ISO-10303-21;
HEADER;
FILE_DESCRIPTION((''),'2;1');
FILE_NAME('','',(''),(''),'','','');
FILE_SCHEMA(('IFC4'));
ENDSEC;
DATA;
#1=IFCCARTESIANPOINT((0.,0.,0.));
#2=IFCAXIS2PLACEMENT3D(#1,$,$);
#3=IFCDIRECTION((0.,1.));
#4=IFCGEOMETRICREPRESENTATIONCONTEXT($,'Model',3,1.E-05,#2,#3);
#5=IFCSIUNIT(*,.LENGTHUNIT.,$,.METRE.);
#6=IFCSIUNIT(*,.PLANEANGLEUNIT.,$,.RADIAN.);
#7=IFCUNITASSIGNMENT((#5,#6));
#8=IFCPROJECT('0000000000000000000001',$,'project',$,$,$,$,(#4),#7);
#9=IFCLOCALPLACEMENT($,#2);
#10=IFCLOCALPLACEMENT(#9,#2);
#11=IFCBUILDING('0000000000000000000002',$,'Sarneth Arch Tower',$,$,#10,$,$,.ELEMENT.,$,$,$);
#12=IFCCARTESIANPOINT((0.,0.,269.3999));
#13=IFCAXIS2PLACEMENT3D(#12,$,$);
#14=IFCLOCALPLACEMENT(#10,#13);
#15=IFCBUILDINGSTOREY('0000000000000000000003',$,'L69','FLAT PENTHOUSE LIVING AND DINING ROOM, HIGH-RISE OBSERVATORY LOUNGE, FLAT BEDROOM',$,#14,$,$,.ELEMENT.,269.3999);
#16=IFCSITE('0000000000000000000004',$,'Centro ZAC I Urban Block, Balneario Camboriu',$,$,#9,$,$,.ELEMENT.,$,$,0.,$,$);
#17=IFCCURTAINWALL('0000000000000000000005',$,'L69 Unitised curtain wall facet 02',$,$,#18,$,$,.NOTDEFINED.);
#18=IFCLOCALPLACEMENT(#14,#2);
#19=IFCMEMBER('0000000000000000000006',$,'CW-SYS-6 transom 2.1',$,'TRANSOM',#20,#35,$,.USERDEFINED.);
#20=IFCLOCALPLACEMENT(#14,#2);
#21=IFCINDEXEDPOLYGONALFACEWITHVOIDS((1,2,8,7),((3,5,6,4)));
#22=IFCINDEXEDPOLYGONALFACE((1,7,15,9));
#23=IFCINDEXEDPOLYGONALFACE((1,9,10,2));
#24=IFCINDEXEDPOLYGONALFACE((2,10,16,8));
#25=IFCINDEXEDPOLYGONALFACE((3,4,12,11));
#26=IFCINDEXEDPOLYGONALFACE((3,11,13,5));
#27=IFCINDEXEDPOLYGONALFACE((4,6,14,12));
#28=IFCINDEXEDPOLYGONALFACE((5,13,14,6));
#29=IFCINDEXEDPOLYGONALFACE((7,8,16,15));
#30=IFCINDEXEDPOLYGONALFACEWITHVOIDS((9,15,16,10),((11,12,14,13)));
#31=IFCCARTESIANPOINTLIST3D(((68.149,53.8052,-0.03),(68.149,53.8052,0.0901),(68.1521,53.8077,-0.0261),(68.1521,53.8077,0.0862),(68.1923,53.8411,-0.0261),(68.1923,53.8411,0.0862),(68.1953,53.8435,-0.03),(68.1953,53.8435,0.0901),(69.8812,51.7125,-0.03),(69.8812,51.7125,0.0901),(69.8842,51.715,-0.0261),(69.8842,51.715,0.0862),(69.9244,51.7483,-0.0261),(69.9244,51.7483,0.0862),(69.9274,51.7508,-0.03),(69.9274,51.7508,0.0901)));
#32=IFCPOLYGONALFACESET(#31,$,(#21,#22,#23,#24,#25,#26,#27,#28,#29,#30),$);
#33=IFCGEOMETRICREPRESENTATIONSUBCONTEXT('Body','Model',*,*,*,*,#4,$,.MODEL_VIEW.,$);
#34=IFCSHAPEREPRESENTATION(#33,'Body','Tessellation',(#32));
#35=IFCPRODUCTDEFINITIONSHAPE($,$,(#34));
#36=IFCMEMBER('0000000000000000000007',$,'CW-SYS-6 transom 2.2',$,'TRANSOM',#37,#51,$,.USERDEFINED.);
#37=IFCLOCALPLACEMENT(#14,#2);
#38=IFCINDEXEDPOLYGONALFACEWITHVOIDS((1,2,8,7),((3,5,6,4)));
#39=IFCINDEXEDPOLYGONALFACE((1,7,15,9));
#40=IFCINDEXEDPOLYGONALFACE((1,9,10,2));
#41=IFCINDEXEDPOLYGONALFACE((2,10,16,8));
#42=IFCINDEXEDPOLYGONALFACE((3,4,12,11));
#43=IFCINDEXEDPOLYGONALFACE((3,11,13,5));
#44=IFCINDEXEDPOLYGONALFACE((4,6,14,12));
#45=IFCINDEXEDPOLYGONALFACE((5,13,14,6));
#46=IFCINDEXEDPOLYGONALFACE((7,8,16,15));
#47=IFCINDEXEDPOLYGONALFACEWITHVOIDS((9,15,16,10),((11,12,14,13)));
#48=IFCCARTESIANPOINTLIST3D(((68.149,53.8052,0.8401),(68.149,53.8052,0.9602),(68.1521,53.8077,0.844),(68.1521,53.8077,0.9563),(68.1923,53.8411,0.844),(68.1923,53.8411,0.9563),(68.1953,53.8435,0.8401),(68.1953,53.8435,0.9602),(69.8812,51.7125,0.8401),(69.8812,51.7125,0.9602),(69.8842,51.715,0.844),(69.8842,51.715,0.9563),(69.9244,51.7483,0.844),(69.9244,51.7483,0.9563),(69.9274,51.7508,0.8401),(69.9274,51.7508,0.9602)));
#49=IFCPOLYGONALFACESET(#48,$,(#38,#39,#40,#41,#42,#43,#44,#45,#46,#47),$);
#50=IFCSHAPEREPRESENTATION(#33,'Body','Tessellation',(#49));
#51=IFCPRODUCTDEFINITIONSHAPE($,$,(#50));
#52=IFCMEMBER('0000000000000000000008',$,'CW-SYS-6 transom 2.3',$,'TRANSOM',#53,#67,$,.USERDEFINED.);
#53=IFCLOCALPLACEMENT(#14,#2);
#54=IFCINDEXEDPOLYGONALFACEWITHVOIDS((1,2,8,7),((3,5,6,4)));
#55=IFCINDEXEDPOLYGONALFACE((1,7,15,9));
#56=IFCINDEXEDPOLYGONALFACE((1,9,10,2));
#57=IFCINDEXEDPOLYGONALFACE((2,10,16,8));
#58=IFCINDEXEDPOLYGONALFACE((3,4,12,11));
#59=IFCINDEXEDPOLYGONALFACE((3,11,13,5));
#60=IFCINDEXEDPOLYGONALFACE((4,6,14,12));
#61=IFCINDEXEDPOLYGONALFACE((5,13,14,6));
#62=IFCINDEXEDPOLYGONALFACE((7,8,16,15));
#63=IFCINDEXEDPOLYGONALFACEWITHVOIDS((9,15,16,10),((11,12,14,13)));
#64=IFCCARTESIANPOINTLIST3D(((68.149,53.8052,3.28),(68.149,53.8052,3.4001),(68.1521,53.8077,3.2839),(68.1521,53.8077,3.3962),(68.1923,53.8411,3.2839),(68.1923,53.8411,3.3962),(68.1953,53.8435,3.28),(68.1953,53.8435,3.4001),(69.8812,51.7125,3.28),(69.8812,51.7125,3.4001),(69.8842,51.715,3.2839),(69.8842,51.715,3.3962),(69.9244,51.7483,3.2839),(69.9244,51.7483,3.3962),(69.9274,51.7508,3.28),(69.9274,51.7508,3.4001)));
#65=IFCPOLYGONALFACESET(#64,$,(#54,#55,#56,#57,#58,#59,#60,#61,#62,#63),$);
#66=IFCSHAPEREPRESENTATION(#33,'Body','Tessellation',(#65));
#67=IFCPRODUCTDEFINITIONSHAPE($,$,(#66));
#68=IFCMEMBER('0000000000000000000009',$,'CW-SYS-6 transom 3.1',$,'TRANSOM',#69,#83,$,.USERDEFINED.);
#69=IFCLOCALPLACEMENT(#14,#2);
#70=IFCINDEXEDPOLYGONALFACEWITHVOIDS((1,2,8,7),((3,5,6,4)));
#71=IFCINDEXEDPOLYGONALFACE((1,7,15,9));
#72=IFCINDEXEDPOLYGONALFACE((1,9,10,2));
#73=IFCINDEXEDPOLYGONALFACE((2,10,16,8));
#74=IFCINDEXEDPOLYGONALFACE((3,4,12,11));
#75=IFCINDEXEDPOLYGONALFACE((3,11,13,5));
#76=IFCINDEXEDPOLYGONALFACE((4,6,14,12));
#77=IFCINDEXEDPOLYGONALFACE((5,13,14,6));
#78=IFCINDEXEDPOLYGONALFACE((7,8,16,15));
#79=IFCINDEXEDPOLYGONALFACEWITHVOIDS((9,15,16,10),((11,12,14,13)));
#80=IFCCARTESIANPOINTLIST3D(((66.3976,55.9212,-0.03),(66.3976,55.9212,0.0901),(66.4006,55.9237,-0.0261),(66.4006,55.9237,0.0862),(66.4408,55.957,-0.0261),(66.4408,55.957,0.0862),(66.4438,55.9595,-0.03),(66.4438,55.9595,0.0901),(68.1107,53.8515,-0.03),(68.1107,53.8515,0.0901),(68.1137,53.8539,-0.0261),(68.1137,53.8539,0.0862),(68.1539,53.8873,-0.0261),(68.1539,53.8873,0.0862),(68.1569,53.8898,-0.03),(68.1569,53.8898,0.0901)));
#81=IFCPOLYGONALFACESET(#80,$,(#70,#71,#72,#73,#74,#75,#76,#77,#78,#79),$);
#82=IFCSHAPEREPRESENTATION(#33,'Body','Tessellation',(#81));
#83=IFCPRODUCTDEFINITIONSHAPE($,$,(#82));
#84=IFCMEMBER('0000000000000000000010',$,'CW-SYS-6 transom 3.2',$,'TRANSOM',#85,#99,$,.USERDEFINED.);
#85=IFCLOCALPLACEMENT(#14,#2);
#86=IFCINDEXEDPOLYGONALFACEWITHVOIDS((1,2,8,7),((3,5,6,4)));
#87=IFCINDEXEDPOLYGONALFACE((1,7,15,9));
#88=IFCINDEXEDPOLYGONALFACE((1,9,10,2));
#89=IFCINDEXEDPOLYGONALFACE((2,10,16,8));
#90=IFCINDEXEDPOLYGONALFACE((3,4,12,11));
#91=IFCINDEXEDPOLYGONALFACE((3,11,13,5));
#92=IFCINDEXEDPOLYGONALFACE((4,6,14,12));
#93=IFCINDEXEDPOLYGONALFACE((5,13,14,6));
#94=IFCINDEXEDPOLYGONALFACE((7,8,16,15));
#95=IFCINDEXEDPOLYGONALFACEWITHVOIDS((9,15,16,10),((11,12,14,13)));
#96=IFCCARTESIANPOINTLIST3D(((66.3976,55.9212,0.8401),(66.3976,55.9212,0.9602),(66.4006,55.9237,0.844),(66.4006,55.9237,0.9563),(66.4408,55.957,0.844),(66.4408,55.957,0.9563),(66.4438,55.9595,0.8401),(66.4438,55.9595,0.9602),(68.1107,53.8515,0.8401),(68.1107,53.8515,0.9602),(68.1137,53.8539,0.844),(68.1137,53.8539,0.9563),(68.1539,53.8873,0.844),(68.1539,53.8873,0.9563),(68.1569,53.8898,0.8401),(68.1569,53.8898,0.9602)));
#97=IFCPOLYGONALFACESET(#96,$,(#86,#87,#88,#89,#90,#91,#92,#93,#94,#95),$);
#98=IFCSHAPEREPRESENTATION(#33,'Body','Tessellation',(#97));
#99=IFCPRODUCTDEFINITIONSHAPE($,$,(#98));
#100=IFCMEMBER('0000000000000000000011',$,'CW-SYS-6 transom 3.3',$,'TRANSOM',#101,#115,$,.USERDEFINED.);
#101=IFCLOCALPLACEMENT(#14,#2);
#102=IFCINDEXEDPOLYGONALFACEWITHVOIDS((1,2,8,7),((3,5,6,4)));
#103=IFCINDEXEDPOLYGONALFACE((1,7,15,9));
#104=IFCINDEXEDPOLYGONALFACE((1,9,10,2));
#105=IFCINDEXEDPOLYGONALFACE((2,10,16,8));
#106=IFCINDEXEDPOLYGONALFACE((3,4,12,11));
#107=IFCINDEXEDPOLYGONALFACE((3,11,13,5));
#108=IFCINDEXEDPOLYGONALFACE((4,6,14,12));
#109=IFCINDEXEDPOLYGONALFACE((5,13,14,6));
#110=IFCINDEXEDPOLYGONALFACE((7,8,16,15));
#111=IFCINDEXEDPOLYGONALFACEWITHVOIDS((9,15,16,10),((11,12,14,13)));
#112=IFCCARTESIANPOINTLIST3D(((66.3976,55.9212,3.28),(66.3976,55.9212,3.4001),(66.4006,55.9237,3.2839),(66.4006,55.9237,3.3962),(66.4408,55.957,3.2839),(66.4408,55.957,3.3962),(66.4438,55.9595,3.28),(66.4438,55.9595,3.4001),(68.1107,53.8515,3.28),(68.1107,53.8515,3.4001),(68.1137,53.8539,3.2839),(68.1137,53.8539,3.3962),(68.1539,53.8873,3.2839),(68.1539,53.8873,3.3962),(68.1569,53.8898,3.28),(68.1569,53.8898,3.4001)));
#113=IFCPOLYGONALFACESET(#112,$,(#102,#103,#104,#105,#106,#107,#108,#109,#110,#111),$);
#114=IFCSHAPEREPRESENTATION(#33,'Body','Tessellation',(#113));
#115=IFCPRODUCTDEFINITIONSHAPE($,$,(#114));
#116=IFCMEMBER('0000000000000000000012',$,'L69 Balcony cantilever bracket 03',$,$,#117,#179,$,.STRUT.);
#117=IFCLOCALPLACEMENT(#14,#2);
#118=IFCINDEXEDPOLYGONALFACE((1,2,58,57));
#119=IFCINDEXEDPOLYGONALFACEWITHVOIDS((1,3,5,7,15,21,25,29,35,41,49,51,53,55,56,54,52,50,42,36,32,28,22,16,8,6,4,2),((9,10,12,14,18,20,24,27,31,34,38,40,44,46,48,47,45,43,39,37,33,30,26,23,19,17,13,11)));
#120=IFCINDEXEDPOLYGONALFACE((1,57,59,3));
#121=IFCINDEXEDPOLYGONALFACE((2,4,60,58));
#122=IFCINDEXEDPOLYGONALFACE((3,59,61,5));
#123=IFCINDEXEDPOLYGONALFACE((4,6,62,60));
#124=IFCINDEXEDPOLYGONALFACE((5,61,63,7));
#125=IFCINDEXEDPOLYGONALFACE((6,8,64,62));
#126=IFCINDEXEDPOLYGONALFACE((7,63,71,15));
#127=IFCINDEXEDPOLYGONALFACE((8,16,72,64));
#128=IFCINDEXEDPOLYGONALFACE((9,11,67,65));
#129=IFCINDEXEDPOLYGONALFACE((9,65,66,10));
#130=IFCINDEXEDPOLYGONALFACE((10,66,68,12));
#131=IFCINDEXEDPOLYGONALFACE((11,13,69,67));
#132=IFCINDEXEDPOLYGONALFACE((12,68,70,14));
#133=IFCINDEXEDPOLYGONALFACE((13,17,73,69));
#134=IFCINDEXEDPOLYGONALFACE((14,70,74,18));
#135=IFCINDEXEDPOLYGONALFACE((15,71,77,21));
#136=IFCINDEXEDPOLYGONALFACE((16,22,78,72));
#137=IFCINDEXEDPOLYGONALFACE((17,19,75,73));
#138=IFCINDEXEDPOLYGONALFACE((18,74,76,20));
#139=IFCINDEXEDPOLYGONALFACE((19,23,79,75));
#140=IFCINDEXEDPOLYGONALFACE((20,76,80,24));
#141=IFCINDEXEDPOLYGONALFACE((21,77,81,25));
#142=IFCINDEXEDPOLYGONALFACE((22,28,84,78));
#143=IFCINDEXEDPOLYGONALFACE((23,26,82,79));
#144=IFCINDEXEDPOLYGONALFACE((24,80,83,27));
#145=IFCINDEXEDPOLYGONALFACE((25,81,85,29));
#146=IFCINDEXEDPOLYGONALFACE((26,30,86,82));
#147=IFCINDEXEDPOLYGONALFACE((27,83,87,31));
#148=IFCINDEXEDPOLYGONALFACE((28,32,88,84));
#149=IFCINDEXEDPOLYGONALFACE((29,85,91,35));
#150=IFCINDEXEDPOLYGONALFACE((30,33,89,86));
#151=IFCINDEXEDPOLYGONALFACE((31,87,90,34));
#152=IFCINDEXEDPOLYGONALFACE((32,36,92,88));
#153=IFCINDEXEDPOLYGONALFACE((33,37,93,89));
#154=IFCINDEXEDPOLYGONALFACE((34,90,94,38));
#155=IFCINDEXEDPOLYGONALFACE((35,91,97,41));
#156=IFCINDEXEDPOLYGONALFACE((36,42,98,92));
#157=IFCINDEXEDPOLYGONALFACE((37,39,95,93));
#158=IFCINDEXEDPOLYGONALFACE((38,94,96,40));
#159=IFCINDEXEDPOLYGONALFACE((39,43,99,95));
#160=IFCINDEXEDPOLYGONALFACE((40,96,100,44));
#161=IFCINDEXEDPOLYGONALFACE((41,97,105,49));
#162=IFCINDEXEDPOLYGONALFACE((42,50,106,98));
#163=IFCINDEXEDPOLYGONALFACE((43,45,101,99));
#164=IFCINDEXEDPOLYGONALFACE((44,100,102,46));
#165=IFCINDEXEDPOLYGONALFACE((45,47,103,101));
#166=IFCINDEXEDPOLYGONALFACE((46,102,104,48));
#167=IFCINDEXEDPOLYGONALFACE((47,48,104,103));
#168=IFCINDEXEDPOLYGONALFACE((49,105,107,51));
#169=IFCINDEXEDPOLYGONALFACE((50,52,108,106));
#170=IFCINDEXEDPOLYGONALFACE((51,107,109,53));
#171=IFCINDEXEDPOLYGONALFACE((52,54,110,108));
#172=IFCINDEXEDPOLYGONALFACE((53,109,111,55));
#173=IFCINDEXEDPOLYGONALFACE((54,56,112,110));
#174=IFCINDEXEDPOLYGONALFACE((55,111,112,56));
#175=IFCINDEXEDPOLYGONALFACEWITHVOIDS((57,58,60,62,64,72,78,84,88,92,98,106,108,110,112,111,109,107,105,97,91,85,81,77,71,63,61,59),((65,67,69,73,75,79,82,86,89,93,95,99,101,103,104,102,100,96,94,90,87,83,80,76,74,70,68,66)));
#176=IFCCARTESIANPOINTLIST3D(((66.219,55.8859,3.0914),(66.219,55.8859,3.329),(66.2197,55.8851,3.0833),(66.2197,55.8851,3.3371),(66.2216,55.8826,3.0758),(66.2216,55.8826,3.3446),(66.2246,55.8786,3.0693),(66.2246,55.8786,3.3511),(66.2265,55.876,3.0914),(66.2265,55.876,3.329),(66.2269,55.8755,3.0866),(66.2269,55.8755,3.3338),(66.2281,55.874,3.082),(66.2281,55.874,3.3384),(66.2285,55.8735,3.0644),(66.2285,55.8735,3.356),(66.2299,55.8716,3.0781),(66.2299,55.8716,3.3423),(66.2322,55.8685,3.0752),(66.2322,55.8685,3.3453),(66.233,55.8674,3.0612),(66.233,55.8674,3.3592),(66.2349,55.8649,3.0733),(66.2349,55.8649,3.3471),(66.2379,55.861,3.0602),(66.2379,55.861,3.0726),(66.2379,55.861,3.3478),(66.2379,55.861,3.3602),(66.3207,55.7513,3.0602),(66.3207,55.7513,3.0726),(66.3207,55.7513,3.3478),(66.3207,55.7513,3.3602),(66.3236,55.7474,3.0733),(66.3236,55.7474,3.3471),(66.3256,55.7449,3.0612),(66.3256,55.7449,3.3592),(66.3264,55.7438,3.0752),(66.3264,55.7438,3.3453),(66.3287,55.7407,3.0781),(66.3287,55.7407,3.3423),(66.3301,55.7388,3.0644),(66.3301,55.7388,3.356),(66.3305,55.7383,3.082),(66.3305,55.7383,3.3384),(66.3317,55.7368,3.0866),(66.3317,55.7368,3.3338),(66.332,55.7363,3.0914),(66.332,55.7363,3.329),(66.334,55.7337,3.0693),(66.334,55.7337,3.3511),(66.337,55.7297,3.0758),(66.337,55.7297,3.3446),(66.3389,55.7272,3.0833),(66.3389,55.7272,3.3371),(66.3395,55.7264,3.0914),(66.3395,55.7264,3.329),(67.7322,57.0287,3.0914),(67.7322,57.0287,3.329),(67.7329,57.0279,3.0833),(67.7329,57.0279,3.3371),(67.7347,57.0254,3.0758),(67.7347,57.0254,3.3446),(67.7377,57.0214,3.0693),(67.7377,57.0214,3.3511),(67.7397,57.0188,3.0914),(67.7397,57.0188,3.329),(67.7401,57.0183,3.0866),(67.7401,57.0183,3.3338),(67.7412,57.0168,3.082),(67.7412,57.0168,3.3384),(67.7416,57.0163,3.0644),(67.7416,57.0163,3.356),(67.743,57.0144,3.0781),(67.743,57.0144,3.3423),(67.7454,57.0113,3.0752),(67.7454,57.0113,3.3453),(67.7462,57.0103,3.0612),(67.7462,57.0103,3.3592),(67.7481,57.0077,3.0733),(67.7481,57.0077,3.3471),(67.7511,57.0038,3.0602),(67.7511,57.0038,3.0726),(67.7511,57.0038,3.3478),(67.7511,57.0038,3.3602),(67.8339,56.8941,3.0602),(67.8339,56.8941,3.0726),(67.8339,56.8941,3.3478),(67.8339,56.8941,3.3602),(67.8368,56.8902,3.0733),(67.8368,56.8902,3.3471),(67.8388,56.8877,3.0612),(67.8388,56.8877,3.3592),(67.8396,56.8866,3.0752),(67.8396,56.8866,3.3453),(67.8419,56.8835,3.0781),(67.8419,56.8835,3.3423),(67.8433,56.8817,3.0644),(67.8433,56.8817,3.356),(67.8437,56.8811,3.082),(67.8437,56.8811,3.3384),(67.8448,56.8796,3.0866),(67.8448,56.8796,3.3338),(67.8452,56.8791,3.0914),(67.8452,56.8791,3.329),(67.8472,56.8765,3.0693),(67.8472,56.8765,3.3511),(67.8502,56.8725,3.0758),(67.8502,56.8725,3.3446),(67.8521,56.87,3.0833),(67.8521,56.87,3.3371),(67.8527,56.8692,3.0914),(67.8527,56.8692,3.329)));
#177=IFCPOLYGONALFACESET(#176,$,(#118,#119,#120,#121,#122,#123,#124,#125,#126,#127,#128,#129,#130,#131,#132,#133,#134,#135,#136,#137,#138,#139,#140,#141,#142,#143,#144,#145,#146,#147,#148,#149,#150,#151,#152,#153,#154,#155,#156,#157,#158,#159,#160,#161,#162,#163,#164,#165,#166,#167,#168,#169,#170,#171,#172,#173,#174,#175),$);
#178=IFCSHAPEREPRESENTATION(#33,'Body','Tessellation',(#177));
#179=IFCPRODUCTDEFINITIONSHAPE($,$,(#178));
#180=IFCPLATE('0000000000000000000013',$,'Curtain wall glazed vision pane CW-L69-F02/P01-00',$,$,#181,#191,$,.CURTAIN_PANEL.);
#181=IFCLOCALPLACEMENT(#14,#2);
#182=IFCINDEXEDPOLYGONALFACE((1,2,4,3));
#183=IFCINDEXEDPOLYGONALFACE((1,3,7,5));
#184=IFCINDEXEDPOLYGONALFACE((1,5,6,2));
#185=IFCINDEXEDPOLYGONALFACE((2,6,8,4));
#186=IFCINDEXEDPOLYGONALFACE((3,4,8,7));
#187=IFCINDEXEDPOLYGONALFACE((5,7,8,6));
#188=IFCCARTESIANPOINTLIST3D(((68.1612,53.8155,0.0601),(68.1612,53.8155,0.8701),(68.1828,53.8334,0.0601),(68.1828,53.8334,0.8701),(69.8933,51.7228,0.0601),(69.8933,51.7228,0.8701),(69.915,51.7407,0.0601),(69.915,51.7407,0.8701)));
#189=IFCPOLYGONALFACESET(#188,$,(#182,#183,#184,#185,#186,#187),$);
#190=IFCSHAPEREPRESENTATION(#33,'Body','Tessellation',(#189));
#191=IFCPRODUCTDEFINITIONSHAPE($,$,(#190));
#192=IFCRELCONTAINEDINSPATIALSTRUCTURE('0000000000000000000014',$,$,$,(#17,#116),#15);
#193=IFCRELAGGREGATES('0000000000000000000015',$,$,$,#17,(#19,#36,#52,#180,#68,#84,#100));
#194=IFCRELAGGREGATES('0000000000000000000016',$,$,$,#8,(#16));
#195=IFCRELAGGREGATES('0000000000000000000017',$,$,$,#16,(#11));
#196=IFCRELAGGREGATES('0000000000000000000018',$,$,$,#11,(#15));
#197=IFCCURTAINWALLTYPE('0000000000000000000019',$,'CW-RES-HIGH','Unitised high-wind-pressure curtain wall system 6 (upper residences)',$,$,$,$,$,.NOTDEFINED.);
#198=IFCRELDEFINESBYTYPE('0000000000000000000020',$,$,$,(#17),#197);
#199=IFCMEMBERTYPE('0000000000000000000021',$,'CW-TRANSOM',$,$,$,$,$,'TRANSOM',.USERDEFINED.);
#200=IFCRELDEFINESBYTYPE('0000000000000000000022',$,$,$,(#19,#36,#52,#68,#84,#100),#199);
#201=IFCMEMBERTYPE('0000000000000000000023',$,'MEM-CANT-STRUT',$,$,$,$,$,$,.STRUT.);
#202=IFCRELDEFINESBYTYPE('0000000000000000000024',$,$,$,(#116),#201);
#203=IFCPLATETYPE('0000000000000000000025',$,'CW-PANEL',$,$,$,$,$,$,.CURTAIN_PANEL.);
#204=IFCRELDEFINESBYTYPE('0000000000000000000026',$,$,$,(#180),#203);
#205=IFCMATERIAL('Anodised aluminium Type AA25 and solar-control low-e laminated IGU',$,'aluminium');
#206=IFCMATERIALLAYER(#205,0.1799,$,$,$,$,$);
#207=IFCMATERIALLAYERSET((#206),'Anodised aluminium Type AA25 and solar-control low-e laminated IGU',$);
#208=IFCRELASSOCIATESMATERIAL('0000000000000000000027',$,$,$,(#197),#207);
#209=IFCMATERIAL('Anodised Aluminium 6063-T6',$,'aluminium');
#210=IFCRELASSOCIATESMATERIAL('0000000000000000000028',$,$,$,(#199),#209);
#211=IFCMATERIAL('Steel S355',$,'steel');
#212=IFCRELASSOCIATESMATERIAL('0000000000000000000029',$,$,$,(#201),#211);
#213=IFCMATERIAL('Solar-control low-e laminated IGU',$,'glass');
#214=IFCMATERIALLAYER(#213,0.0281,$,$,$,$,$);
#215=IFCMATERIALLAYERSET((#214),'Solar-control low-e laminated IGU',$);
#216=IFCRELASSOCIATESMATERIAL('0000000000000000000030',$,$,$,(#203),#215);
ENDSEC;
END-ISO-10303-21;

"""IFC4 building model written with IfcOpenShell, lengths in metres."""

from ifc_helpers import new_model, si_unit, direction, frame, origin, origin_2d, place, context, subcontext, project, spatial, rectangle, hollow_rectangle, extrude, material, layer, layer_set, material_profile, profile_set, type_object, element, aggregate, save


model = new_model("IFC4")

# Units and contexts
model_context = context("Model", 3, precision=1e-05, world=origin(), true_north=direction((0.0, 1.0)))
body_context = subcontext(model_context, "Body", "Model", "MODEL_VIEW")
ifc_project = project(units=[si_unit("LENGTHUNIT", "METRE"), si_unit("PLANEANGLEUNIT", "RADIAN")], contexts=[model_context])

# Site, building, storey
site_placement = place(None, origin())
site = spatial("IfcSite", under=ifc_project, at=site_placement, Name="Centro ZAC I Urban Block, Balneario Camboriu", CompositionType="ELEMENT", RefElevation=0.0)
building_placement = place(site_placement, origin())
building = spatial("IfcBuilding", under=site, at=building_placement, Name="Sarneth Arch Tower", CompositionType="ELEMENT")
storey_placement = place(building_placement, frame((0.0, 0.0, 269.3999)))
storey = spatial("IfcBuildingStorey", under=building, at=storey_placement, Name="L69", Description="FLAT PENTHOUSE LIVING AND DINING ROOM, HIGH-RISE OBSERVATORY LOUNGE, FLAT BEDROOM", CompositionType="ELEMENT", Elevation=269.3999)

# Curtain wall, members
ifc_material_1 = material(Name="Anodised aluminium Type AA25 and solar-control low-e laminated IGU", Category="aluminium")
ifc_layer_1 = layer(ifc_material_1, 0.1799)
ifc_layer_set_1 = layer_set([ifc_layer_1], Name="Anodised aluminium Type AA25 and solar-control low-e laminated IGU")
curtain_wall_type = type_object("IfcCurtainWallType", Name="CW-RES-HIGH", Description="Unitised high-wind-pressure curtain wall system 6 (upper residences)", PredefinedType="NOTDEFINED", material=ifc_layer_set_1)
curtain_wall_placement = place(storey_placement, origin())
curtain_wall = element("IfcCurtainWall", 1, at=curtain_wall_placement, inside=storey, type_object=curtain_wall_type, Name="L69 Unitised curtain wall facet 02", PredefinedType="NOTDEFINED")
ifc_material_2 = material(Name="Anodised Aluminium 6063-T6", Category="aluminium")
ifc_material_profile_1 = material_profile(ifc_material_2, hollow_rectangle(XDim=0.0601, YDim=0.1201, WallThickness=0.0039, at=origin_2d()), Name="AL-TRAN-120x60x4")
ifc_profile_set_1 = profile_set([ifc_material_profile_1], Name="Anodised Aluminium 6063-T6")
member_type_1 = type_object("IfcMemberType", Name="CW-TRANSOM", ElementType="TRANSOM", PredefinedType="USERDEFINED", material=ifc_profile_set_1)
member_1_placement = place(storey_placement, frame((69.9043, 51.7317, 0.03), z_axis=(-0.637617, 0.770353, 0.0), x_axis=(-0.770353, -0.637617, 0.0)))
member_1 = element("IfcMember", 2, at=member_1_placement, type_object=member_type_1, Name="CW-SYS-6 transom 2.1", ObjectType="TRANSOM", PredefinedType="USERDEFINED", context=body_context, shape_type="SweptSolid", body=[
    extrude(hollow_rectangle(XDim=0.0601, YDim=0.1201, WallThickness=0.0039, at=origin_2d()), origin(), (0.0, 0.0, 1.0), 2.7166),
])
member_2_placement = place(storey_placement, frame((69.9043, 51.7317, 0.9001), z_axis=(-0.637617, 0.770353, 0.0), x_axis=(-0.770353, -0.637617, 0.0)))
member_2 = element("IfcMember", 3, at=member_2_placement, type_object=member_type_1, Name="CW-SYS-6 transom 2.2", ObjectType="TRANSOM", PredefinedType="USERDEFINED", context=body_context, shape_type="SweptSolid", body=[
    extrude(hollow_rectangle(XDim=0.0601, YDim=0.1201, WallThickness=0.0039, at=origin_2d()), origin(), (0.0, 0.0, 1.0), 2.7166),
])
member_3_placement = place(storey_placement, frame((69.9043, 51.7317, 3.3401), z_axis=(-0.637617, 0.770353, 0.0), x_axis=(-0.770353, -0.637617, 0.0)))
member_3 = element("IfcMember", 4, at=member_3_placement, type_object=member_type_1, Name="CW-SYS-6 transom 2.3", ObjectType="TRANSOM", PredefinedType="USERDEFINED", context=body_context, shape_type="SweptSolid", body=[
    extrude(hollow_rectangle(XDim=0.0601, YDim=0.1201, WallThickness=0.0039, at=origin_2d()), origin(), (0.0, 0.0, 1.0), 2.7166),
])
member_4_placement = place(storey_placement, frame((68.1338, 53.8706, 0.03), z_axis=(-0.637607, 0.770362, 0.0), x_axis=(-0.770362, -0.637607, 0.0)))
member_4 = element("IfcMember", 5, at=member_4_placement, type_object=member_type_1, Name="CW-SYS-6 transom 3.1", ObjectType="TRANSOM", PredefinedType="USERDEFINED", context=body_context, shape_type="SweptSolid", body=[
    extrude(hollow_rectangle(XDim=0.0601, YDim=0.1201, WallThickness=0.0039, at=origin_2d()), origin(), (0.0, 0.0, 1.0), 2.6868),
])
member_5_placement = place(storey_placement, frame((68.1338, 53.8706, 0.9001), z_axis=(-0.637607, 0.770362, 0.0), x_axis=(-0.770362, -0.637607, 0.0)))
member_5 = element("IfcMember", 6, at=member_5_placement, type_object=member_type_1, Name="CW-SYS-6 transom 3.2", ObjectType="TRANSOM", PredefinedType="USERDEFINED", context=body_context, shape_type="SweptSolid", body=[
    extrude(hollow_rectangle(XDim=0.0601, YDim=0.1201, WallThickness=0.0039, at=origin_2d()), origin(), (0.0, 0.0, 1.0), 2.6868),
])
member_6_placement = place(storey_placement, frame((68.1338, 53.8706, 3.3401), z_axis=(-0.637607, 0.770362, 0.0), x_axis=(-0.770362, -0.637607, 0.0)))
member_6 = element("IfcMember", 7, at=member_6_placement, type_object=member_type_1, Name="CW-SYS-6 transom 3.3", ObjectType="TRANSOM", PredefinedType="USERDEFINED", context=body_context, shape_type="SweptSolid", body=[
    extrude(hollow_rectangle(XDim=0.0601, YDim=0.1201, WallThickness=0.0039, at=origin_2d()), origin(), (0.0, 0.0, 1.0), 2.6868),
])

# Member
ifc_material_3 = material(Name="Steel S355", Category="steel")
ifc_material_profile_2 = material_profile(ifc_material_3, hollow_rectangle(XDim=0.2, YDim=0.3, WallThickness=0.0125, InnerFilletRadius=0.0188, OuterFilletRadius=0.0312, at=origin_2d()), Name="RHS300x200x12.5")
ifc_profile_set_2 = profile_set([ifc_material_profile_2], Name="Steel S355")
member_type_2 = type_object("IfcMemberType", Name="MEM-CANT-STRUT", PredefinedType="STRUT", material=ifc_profile_set_2)
member_7_placement = place(storey_placement, frame((66.2793, 55.8062, 3.2102), z_axis=(0.797987, 0.602675, 0.0), x_axis=(-0.602675, 0.797987, 0.0)))
element("IfcMember", 8, at=member_7_placement, inside=storey, type_object=member_type_2, Name="L69 Balcony cantilever bracket 03", PredefinedType="STRUT", context=body_context, shape_type="SweptSolid", body=[
    extrude(hollow_rectangle(XDim=0.2, YDim=0.3, WallThickness=0.0125, InnerFilletRadius=0.0188, OuterFilletRadius=0.0312, at=origin_2d()), origin(), (0.0, 0.0, 1.0), 1.8962),
])

# Plate
ifc_material_4 = material(Name="Solar-control low-e laminated IGU", Category="glass")
ifc_layer_2 = layer(ifc_material_4, 0.0281)
ifc_layer_set_2 = layer_set([ifc_layer_2], Name="Solar-control low-e laminated IGU")
plate_type_1 = type_object("IfcPlateType", Name="CW-PANEL", PredefinedType="CURTAIN_PANEL", material=ifc_layer_set_2)
plate_1_placement = place(storey_placement, frame((69.0381, 52.7781, 0.0601), z_axis=(0.0, 0.0, 1.0), x_axis=(-0.63761, 0.770359, 0.0)))
plate_1 = element("IfcPlate", 9, at=plate_1_placement, type_object=plate_type_1, Name="Curtain wall glazed vision pane CW-L69-F02/P01-00", PredefinedType="CURTAIN_PANEL", context=body_context, shape_type="SweptSolid", body=[
    extrude(rectangle(XDim=2.7166, YDim=0.0281, at=origin_2d()), origin(), (0.0, 0.0, 1.0), 0.8101),
])
aggregate(curtain_wall, [member_1, member_2, member_3, plate_1, member_4, member_5, member_6])

save(model, "model.ifc")
